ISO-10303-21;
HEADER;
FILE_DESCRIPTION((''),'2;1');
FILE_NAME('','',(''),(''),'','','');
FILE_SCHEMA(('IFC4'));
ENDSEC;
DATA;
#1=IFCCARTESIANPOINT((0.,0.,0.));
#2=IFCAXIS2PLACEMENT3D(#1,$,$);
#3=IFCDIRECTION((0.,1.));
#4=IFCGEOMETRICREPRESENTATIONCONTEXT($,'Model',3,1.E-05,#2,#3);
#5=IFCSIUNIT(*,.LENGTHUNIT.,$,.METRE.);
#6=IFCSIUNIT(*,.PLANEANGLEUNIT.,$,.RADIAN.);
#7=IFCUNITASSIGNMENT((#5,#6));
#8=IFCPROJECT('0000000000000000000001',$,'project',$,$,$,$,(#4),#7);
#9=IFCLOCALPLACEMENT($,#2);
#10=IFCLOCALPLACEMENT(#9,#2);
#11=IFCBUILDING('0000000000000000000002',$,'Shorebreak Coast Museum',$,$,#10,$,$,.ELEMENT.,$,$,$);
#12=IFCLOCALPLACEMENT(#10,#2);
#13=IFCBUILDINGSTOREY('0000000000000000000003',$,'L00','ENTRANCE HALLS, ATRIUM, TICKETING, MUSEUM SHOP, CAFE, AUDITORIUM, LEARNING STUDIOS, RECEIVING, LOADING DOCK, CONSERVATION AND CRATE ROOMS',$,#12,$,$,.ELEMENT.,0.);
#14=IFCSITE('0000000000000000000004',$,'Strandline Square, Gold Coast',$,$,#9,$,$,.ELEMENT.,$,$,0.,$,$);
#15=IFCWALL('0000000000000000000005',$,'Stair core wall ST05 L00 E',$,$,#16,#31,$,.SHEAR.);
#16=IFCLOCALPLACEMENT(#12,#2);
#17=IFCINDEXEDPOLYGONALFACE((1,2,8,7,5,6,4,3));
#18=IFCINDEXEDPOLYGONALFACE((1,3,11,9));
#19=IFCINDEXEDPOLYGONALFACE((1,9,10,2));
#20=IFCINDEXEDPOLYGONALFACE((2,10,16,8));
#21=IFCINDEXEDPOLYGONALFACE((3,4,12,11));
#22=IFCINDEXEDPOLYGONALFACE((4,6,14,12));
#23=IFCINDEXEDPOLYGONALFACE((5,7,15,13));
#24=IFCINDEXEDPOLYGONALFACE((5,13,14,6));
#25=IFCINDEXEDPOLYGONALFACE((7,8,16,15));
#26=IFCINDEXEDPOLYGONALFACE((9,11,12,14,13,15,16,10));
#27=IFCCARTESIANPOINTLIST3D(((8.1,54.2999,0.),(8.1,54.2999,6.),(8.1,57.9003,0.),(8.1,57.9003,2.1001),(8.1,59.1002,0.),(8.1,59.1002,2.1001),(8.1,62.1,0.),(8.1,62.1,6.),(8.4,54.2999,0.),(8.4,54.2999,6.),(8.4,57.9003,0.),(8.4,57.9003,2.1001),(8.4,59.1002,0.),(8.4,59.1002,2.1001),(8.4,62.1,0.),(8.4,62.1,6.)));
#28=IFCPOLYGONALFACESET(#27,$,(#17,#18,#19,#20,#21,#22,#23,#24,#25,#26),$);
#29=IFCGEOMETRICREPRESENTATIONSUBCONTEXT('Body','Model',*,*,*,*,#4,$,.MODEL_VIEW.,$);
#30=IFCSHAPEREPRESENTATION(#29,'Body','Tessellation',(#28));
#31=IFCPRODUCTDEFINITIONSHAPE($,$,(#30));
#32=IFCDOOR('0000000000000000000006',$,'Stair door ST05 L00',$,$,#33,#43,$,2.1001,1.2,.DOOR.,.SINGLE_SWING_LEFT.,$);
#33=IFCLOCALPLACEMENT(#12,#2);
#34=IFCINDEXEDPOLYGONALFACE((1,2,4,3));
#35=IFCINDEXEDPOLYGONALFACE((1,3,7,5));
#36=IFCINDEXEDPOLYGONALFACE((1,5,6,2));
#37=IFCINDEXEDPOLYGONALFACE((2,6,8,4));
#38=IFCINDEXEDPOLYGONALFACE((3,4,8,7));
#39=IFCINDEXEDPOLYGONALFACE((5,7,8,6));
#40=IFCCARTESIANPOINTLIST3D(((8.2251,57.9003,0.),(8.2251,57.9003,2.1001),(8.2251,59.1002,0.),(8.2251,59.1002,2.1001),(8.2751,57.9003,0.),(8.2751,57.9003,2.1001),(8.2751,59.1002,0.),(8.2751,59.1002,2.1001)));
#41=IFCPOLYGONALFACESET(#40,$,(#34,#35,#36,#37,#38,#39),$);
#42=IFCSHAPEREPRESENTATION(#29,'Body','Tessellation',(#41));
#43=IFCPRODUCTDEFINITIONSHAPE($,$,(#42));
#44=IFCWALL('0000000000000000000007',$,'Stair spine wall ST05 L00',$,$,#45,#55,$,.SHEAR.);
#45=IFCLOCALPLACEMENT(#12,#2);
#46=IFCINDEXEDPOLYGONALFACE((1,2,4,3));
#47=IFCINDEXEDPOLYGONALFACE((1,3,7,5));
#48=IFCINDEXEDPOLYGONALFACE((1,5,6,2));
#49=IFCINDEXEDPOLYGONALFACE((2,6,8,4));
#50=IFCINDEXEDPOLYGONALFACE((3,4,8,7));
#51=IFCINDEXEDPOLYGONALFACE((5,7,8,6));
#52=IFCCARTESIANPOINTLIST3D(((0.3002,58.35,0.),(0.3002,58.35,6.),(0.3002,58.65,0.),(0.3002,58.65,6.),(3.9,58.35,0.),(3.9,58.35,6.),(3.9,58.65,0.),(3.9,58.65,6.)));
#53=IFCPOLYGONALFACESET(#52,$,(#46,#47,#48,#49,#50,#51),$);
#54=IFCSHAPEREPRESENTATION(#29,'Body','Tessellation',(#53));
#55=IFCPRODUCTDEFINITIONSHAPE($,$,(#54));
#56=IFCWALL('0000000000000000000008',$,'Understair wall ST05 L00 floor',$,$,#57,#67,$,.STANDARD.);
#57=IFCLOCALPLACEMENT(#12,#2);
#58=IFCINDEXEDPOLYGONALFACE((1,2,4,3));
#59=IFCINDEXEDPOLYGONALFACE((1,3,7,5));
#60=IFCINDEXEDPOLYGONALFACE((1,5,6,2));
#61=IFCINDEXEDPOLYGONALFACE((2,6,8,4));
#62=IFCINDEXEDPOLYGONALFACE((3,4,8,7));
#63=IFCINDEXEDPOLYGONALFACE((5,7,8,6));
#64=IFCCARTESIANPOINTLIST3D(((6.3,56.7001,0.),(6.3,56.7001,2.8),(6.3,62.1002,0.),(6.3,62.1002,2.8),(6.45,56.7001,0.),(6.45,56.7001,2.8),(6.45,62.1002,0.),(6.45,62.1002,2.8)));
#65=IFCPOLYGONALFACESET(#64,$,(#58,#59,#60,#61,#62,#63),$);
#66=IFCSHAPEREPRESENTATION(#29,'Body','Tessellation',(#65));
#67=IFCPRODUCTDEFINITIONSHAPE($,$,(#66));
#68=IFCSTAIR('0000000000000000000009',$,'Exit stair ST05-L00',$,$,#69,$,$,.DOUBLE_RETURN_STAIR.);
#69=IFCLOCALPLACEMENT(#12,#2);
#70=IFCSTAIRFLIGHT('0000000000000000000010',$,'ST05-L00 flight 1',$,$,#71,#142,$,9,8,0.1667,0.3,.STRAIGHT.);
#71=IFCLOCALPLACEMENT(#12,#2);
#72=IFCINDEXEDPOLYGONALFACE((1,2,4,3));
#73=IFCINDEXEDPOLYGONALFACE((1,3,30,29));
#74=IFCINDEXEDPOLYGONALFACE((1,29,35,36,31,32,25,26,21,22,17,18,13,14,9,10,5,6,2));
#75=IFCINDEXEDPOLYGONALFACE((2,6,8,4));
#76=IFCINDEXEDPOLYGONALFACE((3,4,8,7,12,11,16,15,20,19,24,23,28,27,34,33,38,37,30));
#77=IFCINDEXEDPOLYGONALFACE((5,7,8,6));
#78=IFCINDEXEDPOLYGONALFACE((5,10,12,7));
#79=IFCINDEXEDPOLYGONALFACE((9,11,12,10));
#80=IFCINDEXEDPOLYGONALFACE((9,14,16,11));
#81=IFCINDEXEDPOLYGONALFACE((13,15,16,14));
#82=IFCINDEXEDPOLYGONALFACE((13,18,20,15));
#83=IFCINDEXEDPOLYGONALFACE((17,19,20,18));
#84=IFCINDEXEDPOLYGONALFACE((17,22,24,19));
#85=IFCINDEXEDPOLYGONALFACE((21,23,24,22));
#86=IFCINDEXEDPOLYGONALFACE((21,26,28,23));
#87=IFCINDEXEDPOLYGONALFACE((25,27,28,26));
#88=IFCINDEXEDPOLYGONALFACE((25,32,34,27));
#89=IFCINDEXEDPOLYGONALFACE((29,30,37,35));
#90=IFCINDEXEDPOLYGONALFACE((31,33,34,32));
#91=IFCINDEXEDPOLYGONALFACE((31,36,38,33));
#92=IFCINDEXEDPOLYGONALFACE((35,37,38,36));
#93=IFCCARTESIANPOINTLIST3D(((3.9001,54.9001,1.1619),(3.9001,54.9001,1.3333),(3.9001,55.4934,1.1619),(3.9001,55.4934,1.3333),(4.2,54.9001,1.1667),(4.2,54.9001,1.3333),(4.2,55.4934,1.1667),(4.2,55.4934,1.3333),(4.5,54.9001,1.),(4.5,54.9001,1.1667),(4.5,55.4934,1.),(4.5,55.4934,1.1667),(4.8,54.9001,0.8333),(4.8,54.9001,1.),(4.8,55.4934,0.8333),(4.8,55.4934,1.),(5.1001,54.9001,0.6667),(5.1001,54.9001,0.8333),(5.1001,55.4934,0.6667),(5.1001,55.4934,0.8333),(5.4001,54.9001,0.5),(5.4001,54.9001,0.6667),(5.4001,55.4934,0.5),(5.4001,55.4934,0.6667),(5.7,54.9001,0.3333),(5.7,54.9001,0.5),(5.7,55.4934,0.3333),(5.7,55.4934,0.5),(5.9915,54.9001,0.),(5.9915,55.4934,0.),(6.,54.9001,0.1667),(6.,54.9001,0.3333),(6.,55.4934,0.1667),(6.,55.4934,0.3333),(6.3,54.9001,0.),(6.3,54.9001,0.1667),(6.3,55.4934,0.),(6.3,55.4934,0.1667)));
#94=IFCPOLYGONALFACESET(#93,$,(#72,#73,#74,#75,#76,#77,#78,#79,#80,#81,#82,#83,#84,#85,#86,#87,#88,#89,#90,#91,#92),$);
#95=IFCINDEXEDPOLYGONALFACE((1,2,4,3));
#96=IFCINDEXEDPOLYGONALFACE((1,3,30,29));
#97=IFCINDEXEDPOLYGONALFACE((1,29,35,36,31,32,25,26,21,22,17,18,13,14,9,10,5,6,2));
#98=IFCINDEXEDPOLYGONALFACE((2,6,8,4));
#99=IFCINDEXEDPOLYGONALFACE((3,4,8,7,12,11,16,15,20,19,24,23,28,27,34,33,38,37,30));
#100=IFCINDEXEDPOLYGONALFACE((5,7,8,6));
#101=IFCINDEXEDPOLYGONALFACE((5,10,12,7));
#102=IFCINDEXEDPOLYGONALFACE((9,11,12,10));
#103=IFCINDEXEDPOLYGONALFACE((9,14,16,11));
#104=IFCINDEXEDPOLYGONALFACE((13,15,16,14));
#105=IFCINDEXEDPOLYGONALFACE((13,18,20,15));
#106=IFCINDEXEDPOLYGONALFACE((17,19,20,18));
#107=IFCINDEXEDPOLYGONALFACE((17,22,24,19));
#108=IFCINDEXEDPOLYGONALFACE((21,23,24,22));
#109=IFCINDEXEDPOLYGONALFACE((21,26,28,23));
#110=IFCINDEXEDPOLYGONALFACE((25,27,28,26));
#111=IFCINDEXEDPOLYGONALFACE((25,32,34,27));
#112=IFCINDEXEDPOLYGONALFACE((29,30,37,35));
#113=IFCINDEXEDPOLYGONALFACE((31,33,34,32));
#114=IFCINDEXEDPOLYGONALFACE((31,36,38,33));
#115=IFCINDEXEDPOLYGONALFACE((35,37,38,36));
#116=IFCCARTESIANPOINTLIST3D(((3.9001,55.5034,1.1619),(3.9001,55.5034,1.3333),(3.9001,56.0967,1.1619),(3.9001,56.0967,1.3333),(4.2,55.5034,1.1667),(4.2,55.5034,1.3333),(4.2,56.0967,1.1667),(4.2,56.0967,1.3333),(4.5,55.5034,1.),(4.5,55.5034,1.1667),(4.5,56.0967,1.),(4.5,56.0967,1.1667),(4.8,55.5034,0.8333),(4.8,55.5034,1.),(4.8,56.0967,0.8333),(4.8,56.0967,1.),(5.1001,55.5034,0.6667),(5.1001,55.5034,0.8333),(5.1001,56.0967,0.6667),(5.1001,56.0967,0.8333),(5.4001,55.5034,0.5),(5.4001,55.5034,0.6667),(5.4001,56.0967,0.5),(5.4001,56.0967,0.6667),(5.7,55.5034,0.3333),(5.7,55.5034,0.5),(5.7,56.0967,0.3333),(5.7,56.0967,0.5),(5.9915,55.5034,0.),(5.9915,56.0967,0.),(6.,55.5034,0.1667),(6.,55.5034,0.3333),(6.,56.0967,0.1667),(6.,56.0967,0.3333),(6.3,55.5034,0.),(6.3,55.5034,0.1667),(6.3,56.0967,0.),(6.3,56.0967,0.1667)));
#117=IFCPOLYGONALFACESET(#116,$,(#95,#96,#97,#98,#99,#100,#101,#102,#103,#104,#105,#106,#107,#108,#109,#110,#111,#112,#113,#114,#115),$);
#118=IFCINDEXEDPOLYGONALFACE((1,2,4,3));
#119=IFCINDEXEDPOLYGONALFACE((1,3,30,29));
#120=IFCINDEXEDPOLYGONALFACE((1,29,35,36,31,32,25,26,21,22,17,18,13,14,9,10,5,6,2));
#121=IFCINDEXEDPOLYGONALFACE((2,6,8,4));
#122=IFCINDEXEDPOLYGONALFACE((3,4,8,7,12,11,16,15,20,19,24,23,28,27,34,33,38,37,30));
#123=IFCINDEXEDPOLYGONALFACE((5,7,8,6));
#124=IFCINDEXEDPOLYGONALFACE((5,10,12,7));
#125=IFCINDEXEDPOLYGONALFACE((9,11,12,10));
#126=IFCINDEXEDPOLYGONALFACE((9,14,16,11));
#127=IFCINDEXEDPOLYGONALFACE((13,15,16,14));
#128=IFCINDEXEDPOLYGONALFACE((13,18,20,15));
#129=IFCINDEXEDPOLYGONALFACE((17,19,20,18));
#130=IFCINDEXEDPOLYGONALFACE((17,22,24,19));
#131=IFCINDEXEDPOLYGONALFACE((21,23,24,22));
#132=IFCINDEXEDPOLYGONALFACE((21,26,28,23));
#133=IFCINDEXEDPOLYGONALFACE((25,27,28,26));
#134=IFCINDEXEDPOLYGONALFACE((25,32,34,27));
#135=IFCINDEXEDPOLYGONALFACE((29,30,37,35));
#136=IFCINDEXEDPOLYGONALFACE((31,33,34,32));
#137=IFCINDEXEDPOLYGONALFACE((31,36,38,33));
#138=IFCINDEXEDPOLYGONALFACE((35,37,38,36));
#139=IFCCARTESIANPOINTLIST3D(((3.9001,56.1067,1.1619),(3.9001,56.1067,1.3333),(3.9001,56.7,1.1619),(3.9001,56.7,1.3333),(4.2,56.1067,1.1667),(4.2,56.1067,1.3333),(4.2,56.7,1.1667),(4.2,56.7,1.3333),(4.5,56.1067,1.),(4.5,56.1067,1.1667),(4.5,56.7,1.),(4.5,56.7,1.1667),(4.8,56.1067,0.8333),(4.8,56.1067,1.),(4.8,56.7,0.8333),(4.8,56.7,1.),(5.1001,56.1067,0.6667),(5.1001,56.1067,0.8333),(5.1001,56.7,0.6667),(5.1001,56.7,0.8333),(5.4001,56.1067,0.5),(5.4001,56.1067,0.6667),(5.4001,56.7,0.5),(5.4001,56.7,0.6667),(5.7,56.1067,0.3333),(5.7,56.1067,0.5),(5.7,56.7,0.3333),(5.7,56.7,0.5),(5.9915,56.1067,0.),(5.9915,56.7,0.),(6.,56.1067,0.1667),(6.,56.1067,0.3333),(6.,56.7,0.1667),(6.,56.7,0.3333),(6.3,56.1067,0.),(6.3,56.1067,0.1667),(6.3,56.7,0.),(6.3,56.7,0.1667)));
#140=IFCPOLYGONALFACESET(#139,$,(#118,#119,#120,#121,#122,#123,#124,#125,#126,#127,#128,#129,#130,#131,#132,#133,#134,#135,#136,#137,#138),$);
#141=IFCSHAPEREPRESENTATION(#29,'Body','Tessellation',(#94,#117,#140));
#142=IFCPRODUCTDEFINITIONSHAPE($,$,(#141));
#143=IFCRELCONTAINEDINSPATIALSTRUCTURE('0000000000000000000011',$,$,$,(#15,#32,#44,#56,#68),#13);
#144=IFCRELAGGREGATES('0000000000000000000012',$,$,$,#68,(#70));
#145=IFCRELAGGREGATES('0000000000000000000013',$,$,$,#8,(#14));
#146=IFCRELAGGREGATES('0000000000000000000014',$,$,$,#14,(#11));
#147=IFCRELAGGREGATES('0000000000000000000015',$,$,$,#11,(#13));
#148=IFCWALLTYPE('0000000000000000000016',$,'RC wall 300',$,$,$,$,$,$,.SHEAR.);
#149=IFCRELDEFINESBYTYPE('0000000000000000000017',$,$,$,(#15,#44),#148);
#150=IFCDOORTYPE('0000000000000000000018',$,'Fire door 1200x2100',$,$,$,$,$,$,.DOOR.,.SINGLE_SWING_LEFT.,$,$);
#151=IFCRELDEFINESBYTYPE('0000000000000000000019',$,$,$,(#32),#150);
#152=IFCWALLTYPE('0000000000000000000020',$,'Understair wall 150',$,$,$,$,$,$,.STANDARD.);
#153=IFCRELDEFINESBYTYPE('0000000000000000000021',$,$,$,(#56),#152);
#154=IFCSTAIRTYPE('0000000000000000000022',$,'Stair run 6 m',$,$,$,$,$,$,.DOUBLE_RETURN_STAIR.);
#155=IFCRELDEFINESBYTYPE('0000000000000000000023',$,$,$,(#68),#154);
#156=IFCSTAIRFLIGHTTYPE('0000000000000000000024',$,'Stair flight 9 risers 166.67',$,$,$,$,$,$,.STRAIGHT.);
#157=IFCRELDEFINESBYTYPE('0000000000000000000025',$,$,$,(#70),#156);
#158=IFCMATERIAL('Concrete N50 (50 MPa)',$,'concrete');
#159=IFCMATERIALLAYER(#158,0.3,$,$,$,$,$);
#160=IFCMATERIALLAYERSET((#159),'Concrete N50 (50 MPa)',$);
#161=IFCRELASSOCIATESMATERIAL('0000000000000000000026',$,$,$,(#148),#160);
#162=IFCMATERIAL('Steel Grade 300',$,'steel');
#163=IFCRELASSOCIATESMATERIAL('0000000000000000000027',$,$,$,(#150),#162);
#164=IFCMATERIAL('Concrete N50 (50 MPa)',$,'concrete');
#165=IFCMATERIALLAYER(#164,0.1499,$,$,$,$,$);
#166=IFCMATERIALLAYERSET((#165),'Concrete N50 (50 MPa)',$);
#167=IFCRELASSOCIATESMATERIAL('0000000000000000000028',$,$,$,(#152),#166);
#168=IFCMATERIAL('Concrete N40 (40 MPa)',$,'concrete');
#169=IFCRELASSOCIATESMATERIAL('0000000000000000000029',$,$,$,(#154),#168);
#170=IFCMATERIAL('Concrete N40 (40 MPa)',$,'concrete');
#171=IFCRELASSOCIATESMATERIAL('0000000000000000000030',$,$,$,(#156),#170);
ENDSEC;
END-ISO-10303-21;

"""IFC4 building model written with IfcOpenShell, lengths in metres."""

from ifc_helpers import new_model, si_unit, direction, frame, frame_2d, origin, place, context, subcontext, project, spatial, polyline, rectangle, outline, extrude, material, layer, layer_set, type_object, element, fill, aggregate, save


model = new_model("IFC4")

# Units and contexts
model_context = context("Model", 3, precision=1e-05, world=origin(), true_north=direction((0.0, 1.0)))
body_context = subcontext(model_context, "Body", "Model", "MODEL_VIEW")
ifc_project = project(units=[si_unit("LENGTHUNIT", "METRE"), si_unit("PLANEANGLEUNIT", "RADIAN")], contexts=[model_context])

# Site, building, storey
site_placement = place(None, origin())
site = spatial("IfcSite", under=ifc_project, at=site_placement, Name="Strandline Square, Gold Coast", CompositionType="ELEMENT", RefElevation=0.0)
building_placement = place(site_placement, origin())
building = spatial("IfcBuilding", under=site, at=building_placement, Name="Shorebreak Coast Museum", CompositionType="ELEMENT")
storey_placement = place(building_placement, origin())
storey = spatial("IfcBuildingStorey", under=building, at=storey_placement, Name="L00", Description="ENTRANCE HALLS, ATRIUM, TICKETING, MUSEUM SHOP, CAFE, AUDITORIUM, LEARNING STUDIOS, RECEIVING, LOADING DOCK, CONSERVATION AND CRATE ROOMS", CompositionType="ELEMENT", Elevation=0.0)

# Wall, opening, door
ifc_material_1 = material(Name="Concrete N50 (50 MPa)", Category="concrete")
ifc_layer_1 = layer(ifc_material_1, 0.3)
ifc_layer_set_1 = layer_set([ifc_layer_1], Name="Concrete N50 (50 MPa)")
wall_type_1 = type_object("IfcWallType", Name="RC wall 300", PredefinedType="SHEAR", material=ifc_layer_set_1)
wall_1_placement = place(storey_placement, frame((8.25, 54.3, 0.0), z_axis=(0.0, 0.0, 1.0), x_axis=(0.0, 1.0, 0.0)))
wall_1 = element("IfcWall", 1, at=wall_1_placement, inside=storey, type_object=wall_type_1, Name="Stair core wall ST05 L00 E", PredefinedType="SHEAR", context=body_context, shape_type="SweptSolid", body=[
    extrude(rectangle(XDim=7.8, YDim=0.3, at=frame_2d((3.8999, 0.0))), origin(), (0.0, 0.0, 1.0), 6.0),
])
opening_1_placement = place(wall_1_placement, frame((3.6001, 0.0, 0.0)))
opening_1 = element("IfcOpeningElement", 2, at=opening_1_placement, cuts=wall_1, PredefinedType="OPENING", context=body_context, shape_type="SweptSolid", body=[
    extrude(rectangle(XDim=1.2, YDim=2.1001, at=frame_2d((0.6001, 1.05))), frame((0.0, 0.1599, 0.0), z_axis=(0.0, -1.0, 0.0), x_axis=(1.0, 0.0, 0.0)), (0.0, 0.0, 1.0), 0.3201),
])
ifc_material_2 = material(Name="Steel Grade 300", Category="steel")
door_type_1 = type_object("IfcDoorType", Name="Fire door 1200x2100", OperationType="SINGLE_SWING_LEFT", PredefinedType="DOOR", material=ifc_material_2)
door_1_placement = place(opening_1_placement, origin())
door_1 = element("IfcDoor", 3, at=door_1_placement, inside=storey, type_object=door_type_1, Name="Stair door ST05 L00", OperationType="SINGLE_SWING_LEFT", OverallHeight=2.1001, OverallWidth=1.2, PredefinedType="DOOR", context=body_context, shape_type="SweptSolid", body=[
    extrude(rectangle(XDim=1.2, YDim=2.1001, at=frame_2d((0.6001, 1.05))), frame((0.0, 0.0249, 0.0), z_axis=(0.0, -1.0, 0.0), x_axis=(1.0, 0.0, 0.0)), (0.0, 0.0, 1.0), 0.05),
])
fill(opening_1, door_1)

# Walls
wall_2_placement = place(storey_placement, frame((3.8999, 58.5, 0.0), z_axis=(0.0, 0.0, 1.0), x_axis=(-1.0, 0.0, 0.0)))
element("IfcWall", 4, at=wall_2_placement, inside=storey, type_object=wall_type_1, Name="Stair spine wall ST05 L00", PredefinedType="SHEAR", context=body_context, shape_type="SweptSolid", body=[
    extrude(rectangle(XDim=3.5999, YDim=0.3, at=frame_2d((1.7998, 0.0))), origin(), (0.0, 0.0, 1.0), 6.0),
])
ifc_material_3 = material(Name="Concrete N50 (50 MPa)", Category="concrete")
ifc_layer_2 = layer(ifc_material_3, 0.1499)
ifc_layer_set_2 = layer_set([ifc_layer_2], Name="Concrete N50 (50 MPa)")
wall_type_2 = type_object("IfcWallType", Name="Understair wall 150", PredefinedType="STANDARD", material=ifc_layer_set_2)
wall_3_placement = place(storey_placement, frame((6.375, 56.7, 0.0), z_axis=(0.0, 0.0, 1.0), x_axis=(0.0, 1.0, 0.0)))
element("IfcWall", 5, at=wall_3_placement, inside=storey, type_object=wall_type_2, Name="Understair wall ST05 L00 floor", PredefinedType="STANDARD", context=body_context, shape_type="SweptSolid", body=[
    extrude(rectangle(XDim=5.4001, YDim=0.1499, at=frame_2d((2.7002, 0.0))), origin(), (0.0, 0.0, 1.0), 2.8),
])

# Stair, stair flight
ifc_material_4 = material(Name="Concrete N40 (40 MPa)", Category="concrete")
stair_type = type_object("IfcStairType", Name="Stair run 6 m", PredefinedType="DOUBLE_RETURN_STAIR", material=ifc_material_4)
stair_placement = place(storey_placement, origin())
stair = element("IfcStair", 6, at=stair_placement, inside=storey, type_object=stair_type, Name="Exit stair ST05-L00", PredefinedType="DOUBLE_RETURN_STAIR")
ifc_material_5 = material(Name="Concrete N40 (40 MPa)", Category="concrete")
stair_flight_type = type_object("IfcStairFlightType", Name="Stair flight 9 risers 166.67", PredefinedType="STRAIGHT", material=ifc_material_5)
stair_flight_placement = place(storey_placement, frame((6.3, 55.8, 0.0), z_axis=(0.0, 0.0, 1.0), x_axis=(-1.0, 0.0, 0.0)))
stair_flight = element("IfcStairFlight", 7, at=stair_flight_placement, type_object=stair_flight_type, Name="ST05-L00 flight 1", NumberOfRisers=9, NumberOfTreads=8, PredefinedType="STRAIGHT", RiserHeight=0.1667, TreadLength=0.3, context=body_context, shape_type="SweptSolid", body=[
    extrude(outline(polyline([(0.0, 0.0), (0.0, 0.1667), (0.3, 0.1667), (0.3, 0.3333), (0.6001, 0.3333), (0.6001, 0.5), (0.8999, 0.5), (0.8999, 0.6667), (1.2, 0.6667), (1.2, 0.8333), (1.5, 0.8333), (1.5, 1.0), (1.8, 1.0), (1.8, 1.1667), (2.1001, 1.1667), (2.1001, 1.3333), (2.3999, 1.3333), (2.3999, 1.5), (2.3999, 1.1619), (0.3086, 0.0), (0.0, 0.0)])), frame((0.0, 0.8999, 0.0), z_axis=(0.0, -1.0, 0.0), x_axis=(1.0, 0.0, 0.0)), (0.0, 0.0, 1.0), 0.5933),
    extrude(outline(polyline([(0.0, 0.0), (0.0, 0.1667), (0.3, 0.1667), (0.3, 0.3333), (0.6001, 0.3333), (0.6001, 0.5), (0.8999, 0.5), (0.8999, 0.6667), (1.2, 0.6667), (1.2, 0.8333), (1.5, 0.8333), (1.5, 1.0), (1.8, 1.0), (1.8, 1.1667), (2.1001, 1.1667), (2.1001, 1.3333), (2.3999, 1.3333), (2.3999, 1.5), (2.3999, 1.1619), (0.3086, 0.0), (0.0, 0.0)])), frame((0.0, 0.2966, 0.0), z_axis=(0.0, -1.0, 0.0), x_axis=(1.0, 0.0, 0.0)), (0.0, 0.0, 1.0), 0.5933),
    extrude(outline(polyline([(0.0, 0.0), (0.0, 0.1667), (0.3, 0.1667), (0.3, 0.3333), (0.6001, 0.3333), (0.6001, 0.5), (0.8999, 0.5), (0.8999, 0.6667), (1.2, 0.6667), (1.2, 0.8333), (1.5, 0.8333), (1.5, 1.0), (1.8, 1.0), (1.8, 1.1667), (2.1001, 1.1667), (2.1001, 1.3333), (2.3999, 1.3333), (2.3999, 1.5), (2.3999, 1.1619), (0.3086, 0.0), (0.0, 0.0)])), frame((0.0, -0.3066, 0.0), z_axis=(0.0, -1.0, 0.0), x_axis=(1.0, 0.0, 0.0)), (0.0, 0.0, 1.0), 0.5933),
])
aggregate(stair, [stair_flight])

save(model, "model.ifc")
